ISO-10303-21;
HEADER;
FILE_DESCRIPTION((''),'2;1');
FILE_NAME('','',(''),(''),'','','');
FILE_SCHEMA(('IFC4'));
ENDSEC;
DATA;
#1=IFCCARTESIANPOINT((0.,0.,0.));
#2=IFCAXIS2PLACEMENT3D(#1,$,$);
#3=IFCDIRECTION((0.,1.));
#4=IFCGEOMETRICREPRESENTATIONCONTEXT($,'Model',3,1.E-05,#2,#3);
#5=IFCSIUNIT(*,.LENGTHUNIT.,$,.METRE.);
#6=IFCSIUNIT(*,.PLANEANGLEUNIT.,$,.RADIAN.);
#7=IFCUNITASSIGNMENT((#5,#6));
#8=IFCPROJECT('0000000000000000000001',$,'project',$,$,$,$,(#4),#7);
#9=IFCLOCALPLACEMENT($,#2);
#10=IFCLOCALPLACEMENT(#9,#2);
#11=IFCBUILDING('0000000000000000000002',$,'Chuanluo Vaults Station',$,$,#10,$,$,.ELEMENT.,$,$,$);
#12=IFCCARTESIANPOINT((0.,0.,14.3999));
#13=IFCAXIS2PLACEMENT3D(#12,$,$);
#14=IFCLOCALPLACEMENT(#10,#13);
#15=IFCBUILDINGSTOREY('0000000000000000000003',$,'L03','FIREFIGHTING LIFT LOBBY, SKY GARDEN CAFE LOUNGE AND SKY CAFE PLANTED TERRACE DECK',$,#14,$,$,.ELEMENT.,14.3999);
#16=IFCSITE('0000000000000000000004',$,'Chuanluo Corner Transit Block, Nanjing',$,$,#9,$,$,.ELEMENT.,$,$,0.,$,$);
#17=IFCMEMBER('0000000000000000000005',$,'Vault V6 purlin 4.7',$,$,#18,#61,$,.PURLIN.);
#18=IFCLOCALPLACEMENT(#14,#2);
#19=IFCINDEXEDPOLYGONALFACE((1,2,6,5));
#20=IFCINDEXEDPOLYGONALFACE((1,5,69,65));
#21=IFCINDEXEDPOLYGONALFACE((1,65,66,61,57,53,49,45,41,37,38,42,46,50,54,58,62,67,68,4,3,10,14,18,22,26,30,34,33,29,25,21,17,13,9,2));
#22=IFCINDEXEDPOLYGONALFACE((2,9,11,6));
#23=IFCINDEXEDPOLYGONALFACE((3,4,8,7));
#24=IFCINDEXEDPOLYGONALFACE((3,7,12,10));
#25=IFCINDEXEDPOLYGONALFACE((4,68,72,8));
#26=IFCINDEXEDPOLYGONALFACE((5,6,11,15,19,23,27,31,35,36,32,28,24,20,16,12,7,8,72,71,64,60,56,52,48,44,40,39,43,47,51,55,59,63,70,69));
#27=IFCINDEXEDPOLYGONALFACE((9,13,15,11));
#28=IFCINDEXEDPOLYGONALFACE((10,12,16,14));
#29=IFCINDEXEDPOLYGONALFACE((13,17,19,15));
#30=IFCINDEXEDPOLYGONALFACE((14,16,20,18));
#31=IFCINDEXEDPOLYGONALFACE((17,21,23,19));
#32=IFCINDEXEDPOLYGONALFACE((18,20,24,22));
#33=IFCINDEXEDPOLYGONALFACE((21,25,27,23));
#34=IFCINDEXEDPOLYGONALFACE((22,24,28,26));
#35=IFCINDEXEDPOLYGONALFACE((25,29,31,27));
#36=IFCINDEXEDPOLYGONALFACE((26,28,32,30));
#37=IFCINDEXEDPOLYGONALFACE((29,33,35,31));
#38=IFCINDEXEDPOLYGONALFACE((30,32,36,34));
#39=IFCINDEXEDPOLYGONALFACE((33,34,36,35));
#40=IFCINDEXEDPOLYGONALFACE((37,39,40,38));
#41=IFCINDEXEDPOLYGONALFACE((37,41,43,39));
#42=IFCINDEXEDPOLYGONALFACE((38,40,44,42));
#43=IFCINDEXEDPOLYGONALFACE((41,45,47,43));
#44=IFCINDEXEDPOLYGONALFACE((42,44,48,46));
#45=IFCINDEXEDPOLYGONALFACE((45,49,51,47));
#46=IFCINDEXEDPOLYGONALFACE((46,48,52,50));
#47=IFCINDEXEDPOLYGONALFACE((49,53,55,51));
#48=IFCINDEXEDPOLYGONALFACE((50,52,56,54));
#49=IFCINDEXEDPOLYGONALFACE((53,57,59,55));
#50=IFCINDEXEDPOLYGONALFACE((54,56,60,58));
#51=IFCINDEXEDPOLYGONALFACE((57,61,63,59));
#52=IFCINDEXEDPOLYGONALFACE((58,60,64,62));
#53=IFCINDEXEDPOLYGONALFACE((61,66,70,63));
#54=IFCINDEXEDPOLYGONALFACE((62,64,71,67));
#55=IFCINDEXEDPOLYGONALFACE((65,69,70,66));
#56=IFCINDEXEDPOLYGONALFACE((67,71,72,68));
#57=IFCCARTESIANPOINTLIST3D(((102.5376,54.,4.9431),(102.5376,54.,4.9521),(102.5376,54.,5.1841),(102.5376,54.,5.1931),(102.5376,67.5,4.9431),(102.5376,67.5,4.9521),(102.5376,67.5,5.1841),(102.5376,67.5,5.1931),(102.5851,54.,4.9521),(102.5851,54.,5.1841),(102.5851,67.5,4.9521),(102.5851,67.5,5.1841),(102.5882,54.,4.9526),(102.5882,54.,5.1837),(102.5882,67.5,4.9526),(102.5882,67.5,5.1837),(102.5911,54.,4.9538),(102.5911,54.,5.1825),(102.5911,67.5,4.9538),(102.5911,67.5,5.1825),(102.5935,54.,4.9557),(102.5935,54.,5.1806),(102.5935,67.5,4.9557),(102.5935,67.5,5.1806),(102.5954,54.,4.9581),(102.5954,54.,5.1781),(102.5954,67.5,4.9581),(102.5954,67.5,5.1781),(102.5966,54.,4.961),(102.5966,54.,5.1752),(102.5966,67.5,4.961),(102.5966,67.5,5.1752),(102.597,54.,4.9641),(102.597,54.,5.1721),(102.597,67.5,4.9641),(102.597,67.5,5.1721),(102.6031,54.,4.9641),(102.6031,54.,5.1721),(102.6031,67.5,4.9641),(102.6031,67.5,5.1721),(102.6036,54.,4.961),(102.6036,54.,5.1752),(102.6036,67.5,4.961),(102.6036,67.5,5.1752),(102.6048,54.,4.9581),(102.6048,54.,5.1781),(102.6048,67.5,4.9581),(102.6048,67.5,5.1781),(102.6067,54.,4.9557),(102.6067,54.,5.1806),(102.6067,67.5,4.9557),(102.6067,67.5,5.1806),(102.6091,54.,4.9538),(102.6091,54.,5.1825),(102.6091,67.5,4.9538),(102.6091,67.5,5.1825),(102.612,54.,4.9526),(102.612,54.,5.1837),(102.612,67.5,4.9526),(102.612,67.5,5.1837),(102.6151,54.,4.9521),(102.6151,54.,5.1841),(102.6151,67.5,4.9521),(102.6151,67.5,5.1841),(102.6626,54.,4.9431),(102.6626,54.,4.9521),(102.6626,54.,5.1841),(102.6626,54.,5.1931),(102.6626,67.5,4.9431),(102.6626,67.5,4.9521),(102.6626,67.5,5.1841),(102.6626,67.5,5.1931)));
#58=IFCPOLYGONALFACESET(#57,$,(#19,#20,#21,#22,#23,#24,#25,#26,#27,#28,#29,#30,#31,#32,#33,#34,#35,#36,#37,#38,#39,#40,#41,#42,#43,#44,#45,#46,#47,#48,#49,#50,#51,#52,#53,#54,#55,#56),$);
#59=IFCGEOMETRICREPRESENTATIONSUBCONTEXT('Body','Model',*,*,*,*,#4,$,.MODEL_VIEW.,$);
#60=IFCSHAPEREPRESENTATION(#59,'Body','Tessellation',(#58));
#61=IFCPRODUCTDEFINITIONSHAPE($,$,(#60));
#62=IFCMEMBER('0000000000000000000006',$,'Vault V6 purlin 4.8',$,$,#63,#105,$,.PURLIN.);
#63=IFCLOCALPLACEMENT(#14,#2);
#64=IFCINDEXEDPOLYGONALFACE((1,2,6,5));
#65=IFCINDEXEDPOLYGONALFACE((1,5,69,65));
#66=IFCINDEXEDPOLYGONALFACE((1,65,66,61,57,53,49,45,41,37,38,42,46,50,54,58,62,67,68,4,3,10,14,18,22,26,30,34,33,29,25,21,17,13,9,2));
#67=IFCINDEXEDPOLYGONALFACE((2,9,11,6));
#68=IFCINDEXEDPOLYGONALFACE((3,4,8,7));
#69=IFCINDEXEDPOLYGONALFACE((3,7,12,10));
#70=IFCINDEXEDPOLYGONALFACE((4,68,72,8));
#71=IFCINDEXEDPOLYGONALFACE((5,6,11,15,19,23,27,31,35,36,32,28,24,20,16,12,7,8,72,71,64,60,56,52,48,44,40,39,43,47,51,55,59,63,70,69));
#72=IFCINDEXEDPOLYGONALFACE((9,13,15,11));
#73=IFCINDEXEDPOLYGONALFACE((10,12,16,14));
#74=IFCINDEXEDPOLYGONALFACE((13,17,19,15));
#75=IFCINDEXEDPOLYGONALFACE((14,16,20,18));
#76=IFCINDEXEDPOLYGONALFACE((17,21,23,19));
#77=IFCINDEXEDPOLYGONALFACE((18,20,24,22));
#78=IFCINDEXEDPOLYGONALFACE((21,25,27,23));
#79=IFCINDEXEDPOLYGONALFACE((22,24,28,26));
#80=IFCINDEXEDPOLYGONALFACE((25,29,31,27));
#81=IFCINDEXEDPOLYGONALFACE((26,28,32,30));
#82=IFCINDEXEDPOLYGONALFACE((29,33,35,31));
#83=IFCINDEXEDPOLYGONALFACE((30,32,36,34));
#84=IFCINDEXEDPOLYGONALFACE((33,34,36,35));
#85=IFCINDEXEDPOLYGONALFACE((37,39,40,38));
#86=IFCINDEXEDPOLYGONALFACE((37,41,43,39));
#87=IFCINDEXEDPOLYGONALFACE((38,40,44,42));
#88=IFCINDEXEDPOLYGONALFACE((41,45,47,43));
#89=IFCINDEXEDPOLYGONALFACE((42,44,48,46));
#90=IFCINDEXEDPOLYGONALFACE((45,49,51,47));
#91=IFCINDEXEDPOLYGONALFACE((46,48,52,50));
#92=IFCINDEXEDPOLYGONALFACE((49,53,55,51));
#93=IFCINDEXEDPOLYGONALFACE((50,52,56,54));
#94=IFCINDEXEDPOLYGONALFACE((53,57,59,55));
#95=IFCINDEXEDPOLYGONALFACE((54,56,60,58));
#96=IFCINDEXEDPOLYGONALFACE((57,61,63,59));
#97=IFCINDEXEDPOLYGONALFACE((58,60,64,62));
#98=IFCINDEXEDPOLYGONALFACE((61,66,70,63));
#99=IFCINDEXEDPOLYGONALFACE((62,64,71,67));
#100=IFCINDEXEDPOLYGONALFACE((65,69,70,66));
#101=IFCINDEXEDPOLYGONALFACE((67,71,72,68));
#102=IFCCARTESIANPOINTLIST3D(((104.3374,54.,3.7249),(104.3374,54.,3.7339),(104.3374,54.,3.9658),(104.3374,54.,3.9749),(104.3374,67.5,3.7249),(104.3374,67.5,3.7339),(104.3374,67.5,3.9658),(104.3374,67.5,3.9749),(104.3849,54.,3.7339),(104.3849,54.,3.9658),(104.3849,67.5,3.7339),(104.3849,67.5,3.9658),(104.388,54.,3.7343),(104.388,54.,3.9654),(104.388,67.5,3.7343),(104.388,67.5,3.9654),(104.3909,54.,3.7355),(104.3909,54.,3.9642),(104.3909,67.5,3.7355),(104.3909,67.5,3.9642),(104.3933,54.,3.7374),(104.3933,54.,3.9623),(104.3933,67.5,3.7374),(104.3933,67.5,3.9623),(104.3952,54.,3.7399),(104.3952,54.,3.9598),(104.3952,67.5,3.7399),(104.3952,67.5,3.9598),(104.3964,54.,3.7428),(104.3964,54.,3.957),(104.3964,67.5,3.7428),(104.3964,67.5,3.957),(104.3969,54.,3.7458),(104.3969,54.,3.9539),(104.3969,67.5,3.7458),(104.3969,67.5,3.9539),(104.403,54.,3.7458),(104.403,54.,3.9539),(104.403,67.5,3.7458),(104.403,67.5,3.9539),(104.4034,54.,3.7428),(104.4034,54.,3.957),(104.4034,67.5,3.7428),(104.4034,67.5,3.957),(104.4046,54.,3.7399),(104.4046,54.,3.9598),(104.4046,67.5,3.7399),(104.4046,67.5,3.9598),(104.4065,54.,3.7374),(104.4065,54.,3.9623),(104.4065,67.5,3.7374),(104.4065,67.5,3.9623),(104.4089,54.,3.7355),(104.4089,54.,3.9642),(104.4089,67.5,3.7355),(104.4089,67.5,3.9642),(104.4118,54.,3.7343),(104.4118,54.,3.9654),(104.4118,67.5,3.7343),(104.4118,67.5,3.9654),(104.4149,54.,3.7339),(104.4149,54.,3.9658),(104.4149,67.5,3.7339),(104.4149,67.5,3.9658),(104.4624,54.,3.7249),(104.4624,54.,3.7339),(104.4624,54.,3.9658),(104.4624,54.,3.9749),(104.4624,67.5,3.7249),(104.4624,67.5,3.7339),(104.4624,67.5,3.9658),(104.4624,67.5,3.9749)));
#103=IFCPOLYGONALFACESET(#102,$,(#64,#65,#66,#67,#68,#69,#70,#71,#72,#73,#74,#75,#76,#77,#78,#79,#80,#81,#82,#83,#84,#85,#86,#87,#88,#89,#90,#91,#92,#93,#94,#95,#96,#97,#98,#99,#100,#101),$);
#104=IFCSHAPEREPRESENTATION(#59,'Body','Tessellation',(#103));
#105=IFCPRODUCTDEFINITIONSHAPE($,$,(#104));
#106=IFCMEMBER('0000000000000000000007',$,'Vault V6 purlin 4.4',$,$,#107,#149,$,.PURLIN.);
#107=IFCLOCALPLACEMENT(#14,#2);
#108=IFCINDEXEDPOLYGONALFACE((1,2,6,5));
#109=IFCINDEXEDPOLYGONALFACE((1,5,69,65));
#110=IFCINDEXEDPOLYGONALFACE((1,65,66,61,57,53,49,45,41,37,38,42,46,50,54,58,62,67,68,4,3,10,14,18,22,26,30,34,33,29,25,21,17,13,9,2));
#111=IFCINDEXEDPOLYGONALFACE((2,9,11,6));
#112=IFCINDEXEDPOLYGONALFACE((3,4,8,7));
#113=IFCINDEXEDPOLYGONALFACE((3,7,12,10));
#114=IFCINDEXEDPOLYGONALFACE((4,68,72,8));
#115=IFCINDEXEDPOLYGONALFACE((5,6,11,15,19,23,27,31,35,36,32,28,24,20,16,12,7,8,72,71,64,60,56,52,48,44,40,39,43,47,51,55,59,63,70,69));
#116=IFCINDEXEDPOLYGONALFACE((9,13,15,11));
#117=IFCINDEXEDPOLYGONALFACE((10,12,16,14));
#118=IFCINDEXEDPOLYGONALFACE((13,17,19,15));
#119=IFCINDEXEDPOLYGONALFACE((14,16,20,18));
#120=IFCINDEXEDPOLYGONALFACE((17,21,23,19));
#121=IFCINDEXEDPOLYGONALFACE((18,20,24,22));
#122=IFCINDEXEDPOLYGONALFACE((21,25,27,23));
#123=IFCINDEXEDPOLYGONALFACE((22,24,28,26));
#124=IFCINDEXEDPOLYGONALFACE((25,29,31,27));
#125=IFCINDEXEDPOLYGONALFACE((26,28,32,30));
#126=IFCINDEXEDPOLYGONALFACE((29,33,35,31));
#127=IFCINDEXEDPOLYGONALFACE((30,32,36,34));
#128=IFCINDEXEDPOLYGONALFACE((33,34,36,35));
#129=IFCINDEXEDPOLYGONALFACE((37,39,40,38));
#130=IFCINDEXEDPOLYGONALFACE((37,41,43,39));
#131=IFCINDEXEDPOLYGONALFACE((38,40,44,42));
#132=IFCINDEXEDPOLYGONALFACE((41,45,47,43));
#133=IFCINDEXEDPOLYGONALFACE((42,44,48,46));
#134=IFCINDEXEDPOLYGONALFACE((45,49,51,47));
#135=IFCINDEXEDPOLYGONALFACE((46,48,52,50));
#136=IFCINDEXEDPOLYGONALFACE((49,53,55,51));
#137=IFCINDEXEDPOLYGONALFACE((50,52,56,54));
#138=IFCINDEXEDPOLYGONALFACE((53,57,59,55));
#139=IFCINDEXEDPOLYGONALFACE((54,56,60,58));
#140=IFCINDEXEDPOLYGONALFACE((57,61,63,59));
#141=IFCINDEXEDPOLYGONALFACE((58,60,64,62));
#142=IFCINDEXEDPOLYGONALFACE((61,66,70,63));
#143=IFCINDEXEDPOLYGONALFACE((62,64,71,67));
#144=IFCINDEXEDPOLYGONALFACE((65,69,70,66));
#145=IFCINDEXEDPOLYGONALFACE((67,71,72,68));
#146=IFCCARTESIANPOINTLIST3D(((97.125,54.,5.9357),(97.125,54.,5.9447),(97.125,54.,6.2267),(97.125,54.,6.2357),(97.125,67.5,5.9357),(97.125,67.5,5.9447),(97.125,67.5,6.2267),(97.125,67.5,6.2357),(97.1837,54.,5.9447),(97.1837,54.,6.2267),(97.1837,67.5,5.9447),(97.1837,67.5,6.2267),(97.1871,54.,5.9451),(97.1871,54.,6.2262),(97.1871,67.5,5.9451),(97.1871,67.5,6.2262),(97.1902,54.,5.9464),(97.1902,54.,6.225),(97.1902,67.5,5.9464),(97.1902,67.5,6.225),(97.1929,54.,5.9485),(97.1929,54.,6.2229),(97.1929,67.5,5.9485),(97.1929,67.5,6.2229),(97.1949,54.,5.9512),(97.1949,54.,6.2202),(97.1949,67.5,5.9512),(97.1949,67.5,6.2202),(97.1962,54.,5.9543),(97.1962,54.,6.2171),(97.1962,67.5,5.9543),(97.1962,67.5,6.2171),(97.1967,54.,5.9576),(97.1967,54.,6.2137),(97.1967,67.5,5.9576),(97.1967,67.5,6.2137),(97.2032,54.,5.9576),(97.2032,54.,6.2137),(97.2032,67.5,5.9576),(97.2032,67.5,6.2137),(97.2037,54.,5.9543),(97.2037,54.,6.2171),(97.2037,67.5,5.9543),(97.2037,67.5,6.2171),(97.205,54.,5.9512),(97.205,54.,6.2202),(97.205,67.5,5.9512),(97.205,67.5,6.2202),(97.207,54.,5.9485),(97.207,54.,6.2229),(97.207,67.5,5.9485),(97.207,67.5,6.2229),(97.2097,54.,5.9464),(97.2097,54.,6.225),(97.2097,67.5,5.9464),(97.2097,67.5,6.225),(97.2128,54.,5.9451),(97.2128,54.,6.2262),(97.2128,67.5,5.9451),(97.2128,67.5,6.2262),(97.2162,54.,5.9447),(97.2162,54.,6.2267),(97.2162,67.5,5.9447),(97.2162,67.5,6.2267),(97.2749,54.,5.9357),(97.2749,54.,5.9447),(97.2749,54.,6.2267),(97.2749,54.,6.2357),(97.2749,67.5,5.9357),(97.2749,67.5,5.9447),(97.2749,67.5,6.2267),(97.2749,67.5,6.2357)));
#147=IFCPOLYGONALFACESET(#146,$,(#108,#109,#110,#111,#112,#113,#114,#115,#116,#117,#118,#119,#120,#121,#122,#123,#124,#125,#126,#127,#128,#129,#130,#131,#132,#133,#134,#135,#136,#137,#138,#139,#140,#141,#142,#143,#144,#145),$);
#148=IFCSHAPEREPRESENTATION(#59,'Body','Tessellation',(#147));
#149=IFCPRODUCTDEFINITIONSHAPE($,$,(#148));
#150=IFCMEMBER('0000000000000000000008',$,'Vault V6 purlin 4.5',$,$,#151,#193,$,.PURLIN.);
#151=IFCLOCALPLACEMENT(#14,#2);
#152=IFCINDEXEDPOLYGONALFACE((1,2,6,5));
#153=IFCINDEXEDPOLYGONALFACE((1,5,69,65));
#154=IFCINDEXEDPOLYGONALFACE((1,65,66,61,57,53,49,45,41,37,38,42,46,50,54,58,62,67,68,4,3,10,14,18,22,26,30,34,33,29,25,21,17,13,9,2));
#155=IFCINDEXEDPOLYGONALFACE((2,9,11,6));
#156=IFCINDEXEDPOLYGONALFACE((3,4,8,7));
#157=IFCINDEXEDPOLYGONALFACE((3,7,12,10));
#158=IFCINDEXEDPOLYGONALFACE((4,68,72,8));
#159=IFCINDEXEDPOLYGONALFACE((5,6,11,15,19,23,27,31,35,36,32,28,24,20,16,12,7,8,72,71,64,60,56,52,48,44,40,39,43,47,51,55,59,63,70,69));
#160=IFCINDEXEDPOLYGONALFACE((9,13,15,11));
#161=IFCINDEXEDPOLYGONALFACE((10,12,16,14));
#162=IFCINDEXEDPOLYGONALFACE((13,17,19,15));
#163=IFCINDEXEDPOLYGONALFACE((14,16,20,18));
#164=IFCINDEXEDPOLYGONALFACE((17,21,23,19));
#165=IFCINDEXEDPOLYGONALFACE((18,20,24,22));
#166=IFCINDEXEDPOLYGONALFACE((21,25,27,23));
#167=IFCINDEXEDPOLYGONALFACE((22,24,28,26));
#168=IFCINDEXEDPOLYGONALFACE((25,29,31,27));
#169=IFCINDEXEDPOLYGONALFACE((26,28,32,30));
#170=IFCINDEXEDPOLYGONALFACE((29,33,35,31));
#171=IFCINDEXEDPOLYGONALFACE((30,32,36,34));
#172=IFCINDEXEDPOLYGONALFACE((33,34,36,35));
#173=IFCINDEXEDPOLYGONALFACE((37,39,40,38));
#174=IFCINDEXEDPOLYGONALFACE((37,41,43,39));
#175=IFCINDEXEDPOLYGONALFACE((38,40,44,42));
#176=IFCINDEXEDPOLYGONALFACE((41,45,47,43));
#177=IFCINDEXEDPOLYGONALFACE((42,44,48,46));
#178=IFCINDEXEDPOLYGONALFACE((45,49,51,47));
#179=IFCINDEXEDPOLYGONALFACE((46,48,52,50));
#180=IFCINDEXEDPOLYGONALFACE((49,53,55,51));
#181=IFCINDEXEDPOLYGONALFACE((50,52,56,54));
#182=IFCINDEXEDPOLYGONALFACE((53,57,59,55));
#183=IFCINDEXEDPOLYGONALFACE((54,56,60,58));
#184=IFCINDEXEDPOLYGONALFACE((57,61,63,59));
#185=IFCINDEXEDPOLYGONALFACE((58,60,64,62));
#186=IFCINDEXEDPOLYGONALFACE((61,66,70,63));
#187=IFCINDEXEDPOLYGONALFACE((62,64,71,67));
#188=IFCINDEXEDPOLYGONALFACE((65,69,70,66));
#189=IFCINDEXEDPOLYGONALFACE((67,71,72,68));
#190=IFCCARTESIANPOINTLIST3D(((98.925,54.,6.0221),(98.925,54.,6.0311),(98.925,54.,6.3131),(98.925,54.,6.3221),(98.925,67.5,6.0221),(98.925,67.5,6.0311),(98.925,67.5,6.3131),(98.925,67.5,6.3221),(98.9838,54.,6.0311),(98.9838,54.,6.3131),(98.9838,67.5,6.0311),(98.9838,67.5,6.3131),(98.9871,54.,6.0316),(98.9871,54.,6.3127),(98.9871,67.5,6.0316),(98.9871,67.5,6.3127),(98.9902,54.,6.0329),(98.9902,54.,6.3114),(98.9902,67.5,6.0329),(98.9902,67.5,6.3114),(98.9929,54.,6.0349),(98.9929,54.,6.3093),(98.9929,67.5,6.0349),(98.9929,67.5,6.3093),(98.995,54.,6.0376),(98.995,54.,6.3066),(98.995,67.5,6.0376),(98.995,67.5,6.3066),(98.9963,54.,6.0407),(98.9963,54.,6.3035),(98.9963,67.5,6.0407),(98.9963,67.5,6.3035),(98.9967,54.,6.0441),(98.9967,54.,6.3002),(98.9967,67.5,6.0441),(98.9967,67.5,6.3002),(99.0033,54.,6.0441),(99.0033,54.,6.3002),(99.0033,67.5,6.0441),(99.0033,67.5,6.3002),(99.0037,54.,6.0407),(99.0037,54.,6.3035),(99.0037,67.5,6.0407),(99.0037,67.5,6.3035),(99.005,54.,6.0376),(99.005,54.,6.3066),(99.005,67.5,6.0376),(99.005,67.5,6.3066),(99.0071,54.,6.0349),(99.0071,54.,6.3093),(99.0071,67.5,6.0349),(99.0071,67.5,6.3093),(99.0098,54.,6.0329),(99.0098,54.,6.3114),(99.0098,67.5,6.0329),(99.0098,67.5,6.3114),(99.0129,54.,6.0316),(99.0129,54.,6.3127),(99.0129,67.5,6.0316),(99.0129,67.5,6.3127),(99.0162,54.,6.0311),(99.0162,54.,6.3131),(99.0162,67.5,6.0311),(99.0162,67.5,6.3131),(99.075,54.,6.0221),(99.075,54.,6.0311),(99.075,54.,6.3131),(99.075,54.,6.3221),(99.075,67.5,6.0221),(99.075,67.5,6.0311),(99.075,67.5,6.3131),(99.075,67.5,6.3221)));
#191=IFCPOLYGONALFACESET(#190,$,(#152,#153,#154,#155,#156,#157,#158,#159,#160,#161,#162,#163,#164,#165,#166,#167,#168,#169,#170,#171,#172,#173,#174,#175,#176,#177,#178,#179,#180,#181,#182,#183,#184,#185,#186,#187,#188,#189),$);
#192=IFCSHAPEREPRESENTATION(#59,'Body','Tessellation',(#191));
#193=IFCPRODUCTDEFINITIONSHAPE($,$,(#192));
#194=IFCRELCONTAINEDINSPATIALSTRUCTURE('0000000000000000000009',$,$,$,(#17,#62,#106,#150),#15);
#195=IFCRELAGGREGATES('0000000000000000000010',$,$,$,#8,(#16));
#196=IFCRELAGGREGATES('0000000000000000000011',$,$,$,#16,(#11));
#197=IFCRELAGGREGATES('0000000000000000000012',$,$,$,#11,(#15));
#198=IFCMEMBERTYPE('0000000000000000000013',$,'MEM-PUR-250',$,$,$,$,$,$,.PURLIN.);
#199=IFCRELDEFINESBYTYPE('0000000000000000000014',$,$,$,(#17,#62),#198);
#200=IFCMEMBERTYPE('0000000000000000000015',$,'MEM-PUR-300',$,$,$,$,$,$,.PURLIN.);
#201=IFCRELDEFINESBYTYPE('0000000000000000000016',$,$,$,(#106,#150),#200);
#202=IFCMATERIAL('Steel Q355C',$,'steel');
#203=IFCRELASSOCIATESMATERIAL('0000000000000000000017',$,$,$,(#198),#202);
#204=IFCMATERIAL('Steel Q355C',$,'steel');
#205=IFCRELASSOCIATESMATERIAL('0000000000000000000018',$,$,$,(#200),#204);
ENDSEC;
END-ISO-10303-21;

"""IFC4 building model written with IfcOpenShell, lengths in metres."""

from ifc_helpers import new_model, si_unit, direction, frame, origin, origin_2d, place, context, subcontext, project, spatial, i_section, extrude, material, material_profile, profile_set, type_object, element, save


model = new_model("IFC4")

# Units and contexts
model_context = context("Model", 3, precision=1e-05, world=origin(), true_north=direction((0.0, 1.0)))
body_context = subcontext(model_context, "Body", "Model", "MODEL_VIEW")
ifc_project = project(units=[si_unit("LENGTHUNIT", "METRE"), si_unit("PLANEANGLEUNIT", "RADIAN")], contexts=[model_context])

# Site, building, storey
site_placement = place(None, origin())
site = spatial("IfcSite", under=ifc_project, at=site_placement, Name="Chuanluo Corner Transit Block, Nanjing", CompositionType="ELEMENT", RefElevation=0.0)
building_placement = place(site_placement, origin())
building = spatial("IfcBuilding", under=site, at=building_placement, Name="Chuanluo Vaults Station", CompositionType="ELEMENT")
storey_placement = place(building_placement, frame((0.0, 0.0, 14.3999)))
storey = spatial("IfcBuildingStorey", under=building, at=storey_placement, Name="L03", Description="FIREFIGHTING LIFT LOBBY, SKY GARDEN CAFE LOUNGE AND SKY CAFE PLANTED TERRACE DECK", CompositionType="ELEMENT", Elevation=14.3999)

# Members
ifc_material_1 = material(Name="Steel Q355C", Category="steel")
ifc_material_profile_1 = material_profile(ifc_material_1, i_section(OverallWidth=0.125, OverallDepth=0.25, WebThickness=0.0061, FlangeThickness=0.009, FilletRadius=0.012, at=origin_2d()))
ifc_profile_set_1 = profile_set([ifc_material_profile_1], Name="Steel Q355C")
member_type_1 = type_object("IfcMemberType", Name="MEM-PUR-250", PredefinedType="PURLIN", material=ifc_profile_set_1)
for number, where, z_axis, x_axis, name in (
    (1, (102.6001, 54.0, 5.0681), (0.0, 1.0, 0.0), (-1.0, 0.0, 0.0), "Vault V6 purlin 4.7"),
    (2, (104.3999, 54.0, 3.8499), (0.0, 1.0, 0.0), (-1.0, 0.0, 0.0), "Vault V6 purlin 4.8"),
):
    element("IfcMember", number, at=place(storey_placement, frame(where, z_axis=z_axis, x_axis=x_axis)), inside=storey, type_object=member_type_1, Name=name, PredefinedType="PURLIN", context=body_context, shape_type="SweptSolid", body=[
        extrude(i_section(OverallWidth=0.125, OverallDepth=0.25, WebThickness=0.0061, FlangeThickness=0.009, FilletRadius=0.012, at=origin_2d()), origin(), (0.0, 0.0, 1.0), 13.5),
    ])
ifc_material_2 = material(Name="Steel Q355C", Category="steel")
ifc_material_profile_2 = material_profile(ifc_material_2, i_section(OverallWidth=0.1499, OverallDepth=0.3, WebThickness=0.0066, FlangeThickness=0.009, FilletRadius=0.0129, at=origin_2d()))
ifc_profile_set_2 = profile_set([ifc_material_profile_2], Name="Steel Q355C")
member_type_2 = type_object("IfcMemberType", Name="MEM-PUR-300", PredefinedType="PURLIN", material=ifc_profile_set_2)
for number, where, z_axis, x_axis, name in (
    (3, (97.2, 54.0, 6.0857), (0.0, 1.0, 0.0), (-1.0, 0.0, 0.0), "Vault V6 purlin 4.4"),
    (4, (99.0, 54.0, 6.1721), (0.0, 1.0, 0.0), (-1.0, 0.0, 0.0), "Vault V6 purlin 4.5"),
):
    element("IfcMember", number, at=place(storey_placement, frame(where, z_axis=z_axis, x_axis=x_axis)), inside=storey, type_object=member_type_2, Name=name, PredefinedType="PURLIN", context=body_context, shape_type="SweptSolid", body=[
        extrude(i_section(OverallWidth=0.1499, OverallDepth=0.3, WebThickness=0.0066, FlangeThickness=0.009, FilletRadius=0.0129, at=origin_2d()), origin(), (0.0, 0.0, 1.0), 13.5),
    ])

save(model, "model.ifc")
